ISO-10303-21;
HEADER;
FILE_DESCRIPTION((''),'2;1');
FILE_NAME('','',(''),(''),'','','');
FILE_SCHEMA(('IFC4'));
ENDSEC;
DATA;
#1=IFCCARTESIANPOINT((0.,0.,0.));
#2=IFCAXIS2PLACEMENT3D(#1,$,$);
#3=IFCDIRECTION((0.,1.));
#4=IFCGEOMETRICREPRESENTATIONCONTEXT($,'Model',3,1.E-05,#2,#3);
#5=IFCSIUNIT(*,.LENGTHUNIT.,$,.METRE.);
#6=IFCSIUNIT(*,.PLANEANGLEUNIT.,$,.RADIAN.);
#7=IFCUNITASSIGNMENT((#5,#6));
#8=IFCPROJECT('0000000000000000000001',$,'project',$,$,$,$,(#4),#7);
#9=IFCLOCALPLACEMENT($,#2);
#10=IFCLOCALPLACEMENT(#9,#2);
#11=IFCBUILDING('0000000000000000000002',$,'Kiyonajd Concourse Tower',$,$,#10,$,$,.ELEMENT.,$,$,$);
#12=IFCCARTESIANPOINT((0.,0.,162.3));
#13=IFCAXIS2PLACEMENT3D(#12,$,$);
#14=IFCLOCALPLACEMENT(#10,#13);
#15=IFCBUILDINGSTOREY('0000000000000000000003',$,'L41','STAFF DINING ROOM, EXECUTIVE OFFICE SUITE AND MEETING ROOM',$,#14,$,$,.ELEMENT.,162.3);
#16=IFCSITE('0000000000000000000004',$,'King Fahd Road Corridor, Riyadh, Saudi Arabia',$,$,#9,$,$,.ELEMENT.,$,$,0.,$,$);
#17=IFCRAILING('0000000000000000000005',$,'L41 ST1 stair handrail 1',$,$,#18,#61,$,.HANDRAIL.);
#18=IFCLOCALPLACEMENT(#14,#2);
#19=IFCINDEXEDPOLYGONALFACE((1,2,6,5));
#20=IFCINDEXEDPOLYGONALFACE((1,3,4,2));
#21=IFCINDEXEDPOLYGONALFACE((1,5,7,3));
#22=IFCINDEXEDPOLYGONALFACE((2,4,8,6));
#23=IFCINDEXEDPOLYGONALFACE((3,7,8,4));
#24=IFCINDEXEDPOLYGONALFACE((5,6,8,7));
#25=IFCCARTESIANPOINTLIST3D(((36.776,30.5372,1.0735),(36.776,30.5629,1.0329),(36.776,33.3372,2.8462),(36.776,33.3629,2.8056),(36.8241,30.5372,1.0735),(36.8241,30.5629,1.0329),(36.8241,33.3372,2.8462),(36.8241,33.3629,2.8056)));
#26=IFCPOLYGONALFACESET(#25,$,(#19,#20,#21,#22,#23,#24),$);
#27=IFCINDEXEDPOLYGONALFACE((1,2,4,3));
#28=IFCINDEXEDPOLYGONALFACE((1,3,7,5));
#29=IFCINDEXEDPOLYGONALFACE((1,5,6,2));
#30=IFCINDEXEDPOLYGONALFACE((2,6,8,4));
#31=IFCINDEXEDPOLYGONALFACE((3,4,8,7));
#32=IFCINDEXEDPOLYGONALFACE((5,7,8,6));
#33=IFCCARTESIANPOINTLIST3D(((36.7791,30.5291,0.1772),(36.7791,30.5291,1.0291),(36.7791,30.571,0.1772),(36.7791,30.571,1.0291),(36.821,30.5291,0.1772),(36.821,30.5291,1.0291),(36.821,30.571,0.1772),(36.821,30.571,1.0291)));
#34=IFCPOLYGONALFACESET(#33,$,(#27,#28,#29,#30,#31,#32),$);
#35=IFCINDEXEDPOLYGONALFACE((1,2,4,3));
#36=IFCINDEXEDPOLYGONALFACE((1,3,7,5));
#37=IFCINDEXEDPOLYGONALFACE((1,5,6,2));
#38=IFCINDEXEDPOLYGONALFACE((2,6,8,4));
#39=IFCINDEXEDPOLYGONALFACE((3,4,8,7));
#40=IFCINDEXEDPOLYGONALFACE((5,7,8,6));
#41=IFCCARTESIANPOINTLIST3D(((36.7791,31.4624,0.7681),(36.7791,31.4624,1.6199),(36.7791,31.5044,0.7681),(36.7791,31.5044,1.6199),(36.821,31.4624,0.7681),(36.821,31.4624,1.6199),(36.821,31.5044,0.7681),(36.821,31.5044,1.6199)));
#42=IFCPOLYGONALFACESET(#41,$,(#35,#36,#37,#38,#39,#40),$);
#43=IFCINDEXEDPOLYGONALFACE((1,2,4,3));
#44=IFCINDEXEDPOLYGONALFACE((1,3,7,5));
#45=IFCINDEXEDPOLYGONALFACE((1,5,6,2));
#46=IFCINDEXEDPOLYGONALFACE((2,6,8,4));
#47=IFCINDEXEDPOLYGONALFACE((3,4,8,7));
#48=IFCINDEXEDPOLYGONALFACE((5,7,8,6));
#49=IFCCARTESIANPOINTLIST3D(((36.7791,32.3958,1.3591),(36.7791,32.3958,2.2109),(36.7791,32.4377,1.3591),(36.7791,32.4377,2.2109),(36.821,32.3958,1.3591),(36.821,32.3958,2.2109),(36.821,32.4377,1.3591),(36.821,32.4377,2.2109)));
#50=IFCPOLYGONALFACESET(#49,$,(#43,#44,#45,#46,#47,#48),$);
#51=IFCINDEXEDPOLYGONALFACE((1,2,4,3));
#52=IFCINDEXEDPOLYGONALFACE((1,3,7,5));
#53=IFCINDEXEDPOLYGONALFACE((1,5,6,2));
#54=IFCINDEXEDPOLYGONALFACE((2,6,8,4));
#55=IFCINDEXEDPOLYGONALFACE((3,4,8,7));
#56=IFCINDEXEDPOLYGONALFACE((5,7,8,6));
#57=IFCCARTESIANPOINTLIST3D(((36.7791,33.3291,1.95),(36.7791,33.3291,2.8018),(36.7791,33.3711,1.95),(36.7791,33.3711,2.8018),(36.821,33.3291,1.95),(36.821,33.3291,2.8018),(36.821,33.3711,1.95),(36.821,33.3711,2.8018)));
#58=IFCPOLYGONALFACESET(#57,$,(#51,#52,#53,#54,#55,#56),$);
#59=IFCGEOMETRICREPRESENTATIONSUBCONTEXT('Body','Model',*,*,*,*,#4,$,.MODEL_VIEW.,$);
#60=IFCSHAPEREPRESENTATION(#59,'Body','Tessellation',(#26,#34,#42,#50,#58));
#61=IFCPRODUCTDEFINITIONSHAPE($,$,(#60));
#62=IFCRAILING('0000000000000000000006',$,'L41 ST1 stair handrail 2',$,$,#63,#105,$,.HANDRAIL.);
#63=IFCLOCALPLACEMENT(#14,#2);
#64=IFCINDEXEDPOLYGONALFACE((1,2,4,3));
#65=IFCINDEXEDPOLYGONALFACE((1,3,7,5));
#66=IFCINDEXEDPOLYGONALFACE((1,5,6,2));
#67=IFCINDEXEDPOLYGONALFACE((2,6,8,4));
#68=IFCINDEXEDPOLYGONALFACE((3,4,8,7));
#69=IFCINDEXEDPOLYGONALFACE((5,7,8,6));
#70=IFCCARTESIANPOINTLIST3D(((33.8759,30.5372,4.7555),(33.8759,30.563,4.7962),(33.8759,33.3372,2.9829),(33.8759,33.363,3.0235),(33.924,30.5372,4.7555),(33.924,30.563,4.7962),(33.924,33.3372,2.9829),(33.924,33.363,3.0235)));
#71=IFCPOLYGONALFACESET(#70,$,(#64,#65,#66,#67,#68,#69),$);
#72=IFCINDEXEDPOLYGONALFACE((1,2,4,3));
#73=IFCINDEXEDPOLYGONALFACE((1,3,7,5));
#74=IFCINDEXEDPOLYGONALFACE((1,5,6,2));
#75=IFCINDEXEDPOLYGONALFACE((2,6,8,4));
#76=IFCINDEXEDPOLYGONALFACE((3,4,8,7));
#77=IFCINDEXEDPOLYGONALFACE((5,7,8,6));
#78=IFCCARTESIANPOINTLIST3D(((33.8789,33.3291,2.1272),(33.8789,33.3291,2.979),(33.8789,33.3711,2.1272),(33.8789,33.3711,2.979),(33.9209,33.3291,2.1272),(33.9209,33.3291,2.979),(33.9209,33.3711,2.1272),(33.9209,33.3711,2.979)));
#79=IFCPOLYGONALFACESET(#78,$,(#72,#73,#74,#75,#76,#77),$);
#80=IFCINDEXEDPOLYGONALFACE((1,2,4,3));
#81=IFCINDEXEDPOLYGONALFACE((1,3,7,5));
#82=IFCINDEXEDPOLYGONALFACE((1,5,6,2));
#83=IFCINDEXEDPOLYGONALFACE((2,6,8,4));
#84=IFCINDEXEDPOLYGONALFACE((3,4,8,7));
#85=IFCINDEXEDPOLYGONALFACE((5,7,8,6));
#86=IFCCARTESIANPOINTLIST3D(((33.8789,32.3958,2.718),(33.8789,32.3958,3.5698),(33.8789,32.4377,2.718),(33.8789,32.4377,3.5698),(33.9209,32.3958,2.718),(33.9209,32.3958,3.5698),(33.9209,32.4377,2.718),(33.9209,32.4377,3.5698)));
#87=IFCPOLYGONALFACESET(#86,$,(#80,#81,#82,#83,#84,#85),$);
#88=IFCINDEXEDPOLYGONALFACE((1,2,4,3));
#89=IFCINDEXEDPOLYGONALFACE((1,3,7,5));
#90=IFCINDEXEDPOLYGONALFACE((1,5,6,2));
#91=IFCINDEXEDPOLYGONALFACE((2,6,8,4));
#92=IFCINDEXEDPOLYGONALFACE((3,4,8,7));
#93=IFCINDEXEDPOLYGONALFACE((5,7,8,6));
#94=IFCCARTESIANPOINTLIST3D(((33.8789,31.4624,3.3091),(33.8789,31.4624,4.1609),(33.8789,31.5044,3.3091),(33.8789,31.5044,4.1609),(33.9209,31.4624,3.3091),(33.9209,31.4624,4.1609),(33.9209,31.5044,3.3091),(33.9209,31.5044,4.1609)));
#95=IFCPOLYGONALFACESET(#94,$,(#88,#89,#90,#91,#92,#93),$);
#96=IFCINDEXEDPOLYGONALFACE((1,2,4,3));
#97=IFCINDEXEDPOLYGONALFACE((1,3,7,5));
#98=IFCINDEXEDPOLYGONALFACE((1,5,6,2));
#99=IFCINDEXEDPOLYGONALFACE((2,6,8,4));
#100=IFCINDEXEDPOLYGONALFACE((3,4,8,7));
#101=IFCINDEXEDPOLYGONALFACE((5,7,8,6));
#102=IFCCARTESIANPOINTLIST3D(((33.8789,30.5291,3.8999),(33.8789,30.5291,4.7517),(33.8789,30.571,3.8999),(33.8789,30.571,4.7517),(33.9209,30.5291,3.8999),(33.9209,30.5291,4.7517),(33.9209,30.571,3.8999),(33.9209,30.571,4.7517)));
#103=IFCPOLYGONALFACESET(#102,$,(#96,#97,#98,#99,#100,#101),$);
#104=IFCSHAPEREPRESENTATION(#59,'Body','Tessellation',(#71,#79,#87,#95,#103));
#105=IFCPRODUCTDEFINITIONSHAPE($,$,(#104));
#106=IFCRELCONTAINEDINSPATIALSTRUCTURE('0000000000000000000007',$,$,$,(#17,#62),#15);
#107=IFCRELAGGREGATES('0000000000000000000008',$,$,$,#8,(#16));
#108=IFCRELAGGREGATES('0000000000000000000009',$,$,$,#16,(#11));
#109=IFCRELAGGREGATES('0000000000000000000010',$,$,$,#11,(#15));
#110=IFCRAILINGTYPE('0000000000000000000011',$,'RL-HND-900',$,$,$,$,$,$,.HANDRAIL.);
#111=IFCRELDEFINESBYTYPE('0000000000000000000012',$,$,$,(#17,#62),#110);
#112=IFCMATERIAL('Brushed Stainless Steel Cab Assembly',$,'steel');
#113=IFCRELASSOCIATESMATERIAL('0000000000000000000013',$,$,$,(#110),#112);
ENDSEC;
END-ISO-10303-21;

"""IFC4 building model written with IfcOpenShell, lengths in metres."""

from ifc_helpers import new_model, si_unit, direction, frame, origin, origin_2d, place, context, subcontext, project, spatial, rectangle, extrude, material, type_object, element, save


model = new_model("IFC4")

# Units and contexts
model_context = context("Model", 3, precision=1e-05, world=origin(), true_north=direction((0.0, 1.0)))
body_context = subcontext(model_context, "Body", "Model", "MODEL_VIEW")
ifc_project = project(units=[si_unit("LENGTHUNIT", "METRE"), si_unit("PLANEANGLEUNIT", "RADIAN")], contexts=[model_context])

# Site, building, storey
site_placement = place(None, origin())
site = spatial("IfcSite", under=ifc_project, at=site_placement, Name="King Fahd Road Corridor, Riyadh, Saudi Arabia", CompositionType="ELEMENT", RefElevation=0.0)
building_placement = place(site_placement, origin())
building = spatial("IfcBuilding", under=site, at=building_placement, Name="Kiyonajd Concourse Tower", CompositionType="ELEMENT")
storey_placement = place(building_placement, frame((0.0, 0.0, 162.3)))
storey = spatial("IfcBuildingStorey", under=building, at=storey_placement, Name="L41", Description="STAFF DINING ROOM, EXECUTIVE OFFICE SUITE AND MEETING ROOM", CompositionType="ELEMENT", Elevation=162.3)

# Shared definitions
ifc_material_1 = material(Name="Brushed Stainless Steel Cab Assembly", Category="steel")

# Railings
railing_type_1 = type_object("IfcRailingType", Name="RL-HND-900", PredefinedType="HANDRAIL", material=ifc_material_1)
railing_1_placement = place(storey_placement, frame((36.8, 30.55, 0.1772)))
element("IfcRailing", 1, at=railing_1_placement, inside=storey, type_object=railing_type_1, Name="L41 ST1 stair handrail 1", PredefinedType="HANDRAIL", context=body_context, shape_type="SweptSolid", body=[
    extrude(rectangle(XDim=0.0481, YDim=0.0481, at=origin_2d()), frame((0.0, 0.0, 0.876), z_axis=(0.0, 0.844909, 0.53491), x_axis=(-1.0, 0.0, 0.0)), (0.0, 0.0, 1.0), 3.314),
    extrude(rectangle(XDim=0.042, YDim=0.042, at=origin_2d()), origin(), (0.0, 0.0, 1.0), 0.8518),
    extrude(rectangle(XDim=0.042, YDim=0.042, at=origin_2d()), frame((0.0, 0.9333, 0.5908)), (0.0, 0.0, 1.0), 0.8518),
    extrude(rectangle(XDim=0.042, YDim=0.042, at=origin_2d()), frame((0.0, 1.8667, 1.1819)), (0.0, 0.0, 1.0), 0.8518),
    extrude(rectangle(XDim=0.042, YDim=0.042, at=origin_2d()), frame((0.0, 2.8, 1.7727)), (0.0, 0.0, 1.0), 0.8518),
])
railing_2_placement = place(storey_placement, frame((33.8999, 33.3501, 2.1272)))
element("IfcRailing", 2, at=railing_2_placement, inside=storey, type_object=railing_type_1, Name="L41 ST1 stair handrail 2", PredefinedType="HANDRAIL", context=body_context, shape_type="SweptSolid", body=[
    extrude(rectangle(XDim=0.0481, YDim=0.0481, at=origin_2d()), frame((0.0, 0.0, 0.876), z_axis=(0.0, -0.844909, 0.53491), x_axis=(1.0, 0.0, 0.0)), (0.0, 0.0, 1.0), 3.314),
    extrude(rectangle(XDim=0.042, YDim=0.042, at=origin_2d()), origin(), (0.0, 0.0, 1.0), 0.8518),
    extrude(rectangle(XDim=0.042, YDim=0.042, at=origin_2d()), frame((0.0, -0.9333, 0.5908)), (0.0, 0.0, 1.0), 0.8518),
    extrude(rectangle(XDim=0.042, YDim=0.042, at=origin_2d()), frame((0.0, -1.8667, 1.1819)), (0.0, 0.0, 1.0), 0.8518),
    extrude(rectangle(XDim=0.042, YDim=0.042, at=origin_2d()), frame((0.0, -2.8, 1.7727)), (0.0, 0.0, 1.0), 0.8518),
])

save(model, "model.ifc")
